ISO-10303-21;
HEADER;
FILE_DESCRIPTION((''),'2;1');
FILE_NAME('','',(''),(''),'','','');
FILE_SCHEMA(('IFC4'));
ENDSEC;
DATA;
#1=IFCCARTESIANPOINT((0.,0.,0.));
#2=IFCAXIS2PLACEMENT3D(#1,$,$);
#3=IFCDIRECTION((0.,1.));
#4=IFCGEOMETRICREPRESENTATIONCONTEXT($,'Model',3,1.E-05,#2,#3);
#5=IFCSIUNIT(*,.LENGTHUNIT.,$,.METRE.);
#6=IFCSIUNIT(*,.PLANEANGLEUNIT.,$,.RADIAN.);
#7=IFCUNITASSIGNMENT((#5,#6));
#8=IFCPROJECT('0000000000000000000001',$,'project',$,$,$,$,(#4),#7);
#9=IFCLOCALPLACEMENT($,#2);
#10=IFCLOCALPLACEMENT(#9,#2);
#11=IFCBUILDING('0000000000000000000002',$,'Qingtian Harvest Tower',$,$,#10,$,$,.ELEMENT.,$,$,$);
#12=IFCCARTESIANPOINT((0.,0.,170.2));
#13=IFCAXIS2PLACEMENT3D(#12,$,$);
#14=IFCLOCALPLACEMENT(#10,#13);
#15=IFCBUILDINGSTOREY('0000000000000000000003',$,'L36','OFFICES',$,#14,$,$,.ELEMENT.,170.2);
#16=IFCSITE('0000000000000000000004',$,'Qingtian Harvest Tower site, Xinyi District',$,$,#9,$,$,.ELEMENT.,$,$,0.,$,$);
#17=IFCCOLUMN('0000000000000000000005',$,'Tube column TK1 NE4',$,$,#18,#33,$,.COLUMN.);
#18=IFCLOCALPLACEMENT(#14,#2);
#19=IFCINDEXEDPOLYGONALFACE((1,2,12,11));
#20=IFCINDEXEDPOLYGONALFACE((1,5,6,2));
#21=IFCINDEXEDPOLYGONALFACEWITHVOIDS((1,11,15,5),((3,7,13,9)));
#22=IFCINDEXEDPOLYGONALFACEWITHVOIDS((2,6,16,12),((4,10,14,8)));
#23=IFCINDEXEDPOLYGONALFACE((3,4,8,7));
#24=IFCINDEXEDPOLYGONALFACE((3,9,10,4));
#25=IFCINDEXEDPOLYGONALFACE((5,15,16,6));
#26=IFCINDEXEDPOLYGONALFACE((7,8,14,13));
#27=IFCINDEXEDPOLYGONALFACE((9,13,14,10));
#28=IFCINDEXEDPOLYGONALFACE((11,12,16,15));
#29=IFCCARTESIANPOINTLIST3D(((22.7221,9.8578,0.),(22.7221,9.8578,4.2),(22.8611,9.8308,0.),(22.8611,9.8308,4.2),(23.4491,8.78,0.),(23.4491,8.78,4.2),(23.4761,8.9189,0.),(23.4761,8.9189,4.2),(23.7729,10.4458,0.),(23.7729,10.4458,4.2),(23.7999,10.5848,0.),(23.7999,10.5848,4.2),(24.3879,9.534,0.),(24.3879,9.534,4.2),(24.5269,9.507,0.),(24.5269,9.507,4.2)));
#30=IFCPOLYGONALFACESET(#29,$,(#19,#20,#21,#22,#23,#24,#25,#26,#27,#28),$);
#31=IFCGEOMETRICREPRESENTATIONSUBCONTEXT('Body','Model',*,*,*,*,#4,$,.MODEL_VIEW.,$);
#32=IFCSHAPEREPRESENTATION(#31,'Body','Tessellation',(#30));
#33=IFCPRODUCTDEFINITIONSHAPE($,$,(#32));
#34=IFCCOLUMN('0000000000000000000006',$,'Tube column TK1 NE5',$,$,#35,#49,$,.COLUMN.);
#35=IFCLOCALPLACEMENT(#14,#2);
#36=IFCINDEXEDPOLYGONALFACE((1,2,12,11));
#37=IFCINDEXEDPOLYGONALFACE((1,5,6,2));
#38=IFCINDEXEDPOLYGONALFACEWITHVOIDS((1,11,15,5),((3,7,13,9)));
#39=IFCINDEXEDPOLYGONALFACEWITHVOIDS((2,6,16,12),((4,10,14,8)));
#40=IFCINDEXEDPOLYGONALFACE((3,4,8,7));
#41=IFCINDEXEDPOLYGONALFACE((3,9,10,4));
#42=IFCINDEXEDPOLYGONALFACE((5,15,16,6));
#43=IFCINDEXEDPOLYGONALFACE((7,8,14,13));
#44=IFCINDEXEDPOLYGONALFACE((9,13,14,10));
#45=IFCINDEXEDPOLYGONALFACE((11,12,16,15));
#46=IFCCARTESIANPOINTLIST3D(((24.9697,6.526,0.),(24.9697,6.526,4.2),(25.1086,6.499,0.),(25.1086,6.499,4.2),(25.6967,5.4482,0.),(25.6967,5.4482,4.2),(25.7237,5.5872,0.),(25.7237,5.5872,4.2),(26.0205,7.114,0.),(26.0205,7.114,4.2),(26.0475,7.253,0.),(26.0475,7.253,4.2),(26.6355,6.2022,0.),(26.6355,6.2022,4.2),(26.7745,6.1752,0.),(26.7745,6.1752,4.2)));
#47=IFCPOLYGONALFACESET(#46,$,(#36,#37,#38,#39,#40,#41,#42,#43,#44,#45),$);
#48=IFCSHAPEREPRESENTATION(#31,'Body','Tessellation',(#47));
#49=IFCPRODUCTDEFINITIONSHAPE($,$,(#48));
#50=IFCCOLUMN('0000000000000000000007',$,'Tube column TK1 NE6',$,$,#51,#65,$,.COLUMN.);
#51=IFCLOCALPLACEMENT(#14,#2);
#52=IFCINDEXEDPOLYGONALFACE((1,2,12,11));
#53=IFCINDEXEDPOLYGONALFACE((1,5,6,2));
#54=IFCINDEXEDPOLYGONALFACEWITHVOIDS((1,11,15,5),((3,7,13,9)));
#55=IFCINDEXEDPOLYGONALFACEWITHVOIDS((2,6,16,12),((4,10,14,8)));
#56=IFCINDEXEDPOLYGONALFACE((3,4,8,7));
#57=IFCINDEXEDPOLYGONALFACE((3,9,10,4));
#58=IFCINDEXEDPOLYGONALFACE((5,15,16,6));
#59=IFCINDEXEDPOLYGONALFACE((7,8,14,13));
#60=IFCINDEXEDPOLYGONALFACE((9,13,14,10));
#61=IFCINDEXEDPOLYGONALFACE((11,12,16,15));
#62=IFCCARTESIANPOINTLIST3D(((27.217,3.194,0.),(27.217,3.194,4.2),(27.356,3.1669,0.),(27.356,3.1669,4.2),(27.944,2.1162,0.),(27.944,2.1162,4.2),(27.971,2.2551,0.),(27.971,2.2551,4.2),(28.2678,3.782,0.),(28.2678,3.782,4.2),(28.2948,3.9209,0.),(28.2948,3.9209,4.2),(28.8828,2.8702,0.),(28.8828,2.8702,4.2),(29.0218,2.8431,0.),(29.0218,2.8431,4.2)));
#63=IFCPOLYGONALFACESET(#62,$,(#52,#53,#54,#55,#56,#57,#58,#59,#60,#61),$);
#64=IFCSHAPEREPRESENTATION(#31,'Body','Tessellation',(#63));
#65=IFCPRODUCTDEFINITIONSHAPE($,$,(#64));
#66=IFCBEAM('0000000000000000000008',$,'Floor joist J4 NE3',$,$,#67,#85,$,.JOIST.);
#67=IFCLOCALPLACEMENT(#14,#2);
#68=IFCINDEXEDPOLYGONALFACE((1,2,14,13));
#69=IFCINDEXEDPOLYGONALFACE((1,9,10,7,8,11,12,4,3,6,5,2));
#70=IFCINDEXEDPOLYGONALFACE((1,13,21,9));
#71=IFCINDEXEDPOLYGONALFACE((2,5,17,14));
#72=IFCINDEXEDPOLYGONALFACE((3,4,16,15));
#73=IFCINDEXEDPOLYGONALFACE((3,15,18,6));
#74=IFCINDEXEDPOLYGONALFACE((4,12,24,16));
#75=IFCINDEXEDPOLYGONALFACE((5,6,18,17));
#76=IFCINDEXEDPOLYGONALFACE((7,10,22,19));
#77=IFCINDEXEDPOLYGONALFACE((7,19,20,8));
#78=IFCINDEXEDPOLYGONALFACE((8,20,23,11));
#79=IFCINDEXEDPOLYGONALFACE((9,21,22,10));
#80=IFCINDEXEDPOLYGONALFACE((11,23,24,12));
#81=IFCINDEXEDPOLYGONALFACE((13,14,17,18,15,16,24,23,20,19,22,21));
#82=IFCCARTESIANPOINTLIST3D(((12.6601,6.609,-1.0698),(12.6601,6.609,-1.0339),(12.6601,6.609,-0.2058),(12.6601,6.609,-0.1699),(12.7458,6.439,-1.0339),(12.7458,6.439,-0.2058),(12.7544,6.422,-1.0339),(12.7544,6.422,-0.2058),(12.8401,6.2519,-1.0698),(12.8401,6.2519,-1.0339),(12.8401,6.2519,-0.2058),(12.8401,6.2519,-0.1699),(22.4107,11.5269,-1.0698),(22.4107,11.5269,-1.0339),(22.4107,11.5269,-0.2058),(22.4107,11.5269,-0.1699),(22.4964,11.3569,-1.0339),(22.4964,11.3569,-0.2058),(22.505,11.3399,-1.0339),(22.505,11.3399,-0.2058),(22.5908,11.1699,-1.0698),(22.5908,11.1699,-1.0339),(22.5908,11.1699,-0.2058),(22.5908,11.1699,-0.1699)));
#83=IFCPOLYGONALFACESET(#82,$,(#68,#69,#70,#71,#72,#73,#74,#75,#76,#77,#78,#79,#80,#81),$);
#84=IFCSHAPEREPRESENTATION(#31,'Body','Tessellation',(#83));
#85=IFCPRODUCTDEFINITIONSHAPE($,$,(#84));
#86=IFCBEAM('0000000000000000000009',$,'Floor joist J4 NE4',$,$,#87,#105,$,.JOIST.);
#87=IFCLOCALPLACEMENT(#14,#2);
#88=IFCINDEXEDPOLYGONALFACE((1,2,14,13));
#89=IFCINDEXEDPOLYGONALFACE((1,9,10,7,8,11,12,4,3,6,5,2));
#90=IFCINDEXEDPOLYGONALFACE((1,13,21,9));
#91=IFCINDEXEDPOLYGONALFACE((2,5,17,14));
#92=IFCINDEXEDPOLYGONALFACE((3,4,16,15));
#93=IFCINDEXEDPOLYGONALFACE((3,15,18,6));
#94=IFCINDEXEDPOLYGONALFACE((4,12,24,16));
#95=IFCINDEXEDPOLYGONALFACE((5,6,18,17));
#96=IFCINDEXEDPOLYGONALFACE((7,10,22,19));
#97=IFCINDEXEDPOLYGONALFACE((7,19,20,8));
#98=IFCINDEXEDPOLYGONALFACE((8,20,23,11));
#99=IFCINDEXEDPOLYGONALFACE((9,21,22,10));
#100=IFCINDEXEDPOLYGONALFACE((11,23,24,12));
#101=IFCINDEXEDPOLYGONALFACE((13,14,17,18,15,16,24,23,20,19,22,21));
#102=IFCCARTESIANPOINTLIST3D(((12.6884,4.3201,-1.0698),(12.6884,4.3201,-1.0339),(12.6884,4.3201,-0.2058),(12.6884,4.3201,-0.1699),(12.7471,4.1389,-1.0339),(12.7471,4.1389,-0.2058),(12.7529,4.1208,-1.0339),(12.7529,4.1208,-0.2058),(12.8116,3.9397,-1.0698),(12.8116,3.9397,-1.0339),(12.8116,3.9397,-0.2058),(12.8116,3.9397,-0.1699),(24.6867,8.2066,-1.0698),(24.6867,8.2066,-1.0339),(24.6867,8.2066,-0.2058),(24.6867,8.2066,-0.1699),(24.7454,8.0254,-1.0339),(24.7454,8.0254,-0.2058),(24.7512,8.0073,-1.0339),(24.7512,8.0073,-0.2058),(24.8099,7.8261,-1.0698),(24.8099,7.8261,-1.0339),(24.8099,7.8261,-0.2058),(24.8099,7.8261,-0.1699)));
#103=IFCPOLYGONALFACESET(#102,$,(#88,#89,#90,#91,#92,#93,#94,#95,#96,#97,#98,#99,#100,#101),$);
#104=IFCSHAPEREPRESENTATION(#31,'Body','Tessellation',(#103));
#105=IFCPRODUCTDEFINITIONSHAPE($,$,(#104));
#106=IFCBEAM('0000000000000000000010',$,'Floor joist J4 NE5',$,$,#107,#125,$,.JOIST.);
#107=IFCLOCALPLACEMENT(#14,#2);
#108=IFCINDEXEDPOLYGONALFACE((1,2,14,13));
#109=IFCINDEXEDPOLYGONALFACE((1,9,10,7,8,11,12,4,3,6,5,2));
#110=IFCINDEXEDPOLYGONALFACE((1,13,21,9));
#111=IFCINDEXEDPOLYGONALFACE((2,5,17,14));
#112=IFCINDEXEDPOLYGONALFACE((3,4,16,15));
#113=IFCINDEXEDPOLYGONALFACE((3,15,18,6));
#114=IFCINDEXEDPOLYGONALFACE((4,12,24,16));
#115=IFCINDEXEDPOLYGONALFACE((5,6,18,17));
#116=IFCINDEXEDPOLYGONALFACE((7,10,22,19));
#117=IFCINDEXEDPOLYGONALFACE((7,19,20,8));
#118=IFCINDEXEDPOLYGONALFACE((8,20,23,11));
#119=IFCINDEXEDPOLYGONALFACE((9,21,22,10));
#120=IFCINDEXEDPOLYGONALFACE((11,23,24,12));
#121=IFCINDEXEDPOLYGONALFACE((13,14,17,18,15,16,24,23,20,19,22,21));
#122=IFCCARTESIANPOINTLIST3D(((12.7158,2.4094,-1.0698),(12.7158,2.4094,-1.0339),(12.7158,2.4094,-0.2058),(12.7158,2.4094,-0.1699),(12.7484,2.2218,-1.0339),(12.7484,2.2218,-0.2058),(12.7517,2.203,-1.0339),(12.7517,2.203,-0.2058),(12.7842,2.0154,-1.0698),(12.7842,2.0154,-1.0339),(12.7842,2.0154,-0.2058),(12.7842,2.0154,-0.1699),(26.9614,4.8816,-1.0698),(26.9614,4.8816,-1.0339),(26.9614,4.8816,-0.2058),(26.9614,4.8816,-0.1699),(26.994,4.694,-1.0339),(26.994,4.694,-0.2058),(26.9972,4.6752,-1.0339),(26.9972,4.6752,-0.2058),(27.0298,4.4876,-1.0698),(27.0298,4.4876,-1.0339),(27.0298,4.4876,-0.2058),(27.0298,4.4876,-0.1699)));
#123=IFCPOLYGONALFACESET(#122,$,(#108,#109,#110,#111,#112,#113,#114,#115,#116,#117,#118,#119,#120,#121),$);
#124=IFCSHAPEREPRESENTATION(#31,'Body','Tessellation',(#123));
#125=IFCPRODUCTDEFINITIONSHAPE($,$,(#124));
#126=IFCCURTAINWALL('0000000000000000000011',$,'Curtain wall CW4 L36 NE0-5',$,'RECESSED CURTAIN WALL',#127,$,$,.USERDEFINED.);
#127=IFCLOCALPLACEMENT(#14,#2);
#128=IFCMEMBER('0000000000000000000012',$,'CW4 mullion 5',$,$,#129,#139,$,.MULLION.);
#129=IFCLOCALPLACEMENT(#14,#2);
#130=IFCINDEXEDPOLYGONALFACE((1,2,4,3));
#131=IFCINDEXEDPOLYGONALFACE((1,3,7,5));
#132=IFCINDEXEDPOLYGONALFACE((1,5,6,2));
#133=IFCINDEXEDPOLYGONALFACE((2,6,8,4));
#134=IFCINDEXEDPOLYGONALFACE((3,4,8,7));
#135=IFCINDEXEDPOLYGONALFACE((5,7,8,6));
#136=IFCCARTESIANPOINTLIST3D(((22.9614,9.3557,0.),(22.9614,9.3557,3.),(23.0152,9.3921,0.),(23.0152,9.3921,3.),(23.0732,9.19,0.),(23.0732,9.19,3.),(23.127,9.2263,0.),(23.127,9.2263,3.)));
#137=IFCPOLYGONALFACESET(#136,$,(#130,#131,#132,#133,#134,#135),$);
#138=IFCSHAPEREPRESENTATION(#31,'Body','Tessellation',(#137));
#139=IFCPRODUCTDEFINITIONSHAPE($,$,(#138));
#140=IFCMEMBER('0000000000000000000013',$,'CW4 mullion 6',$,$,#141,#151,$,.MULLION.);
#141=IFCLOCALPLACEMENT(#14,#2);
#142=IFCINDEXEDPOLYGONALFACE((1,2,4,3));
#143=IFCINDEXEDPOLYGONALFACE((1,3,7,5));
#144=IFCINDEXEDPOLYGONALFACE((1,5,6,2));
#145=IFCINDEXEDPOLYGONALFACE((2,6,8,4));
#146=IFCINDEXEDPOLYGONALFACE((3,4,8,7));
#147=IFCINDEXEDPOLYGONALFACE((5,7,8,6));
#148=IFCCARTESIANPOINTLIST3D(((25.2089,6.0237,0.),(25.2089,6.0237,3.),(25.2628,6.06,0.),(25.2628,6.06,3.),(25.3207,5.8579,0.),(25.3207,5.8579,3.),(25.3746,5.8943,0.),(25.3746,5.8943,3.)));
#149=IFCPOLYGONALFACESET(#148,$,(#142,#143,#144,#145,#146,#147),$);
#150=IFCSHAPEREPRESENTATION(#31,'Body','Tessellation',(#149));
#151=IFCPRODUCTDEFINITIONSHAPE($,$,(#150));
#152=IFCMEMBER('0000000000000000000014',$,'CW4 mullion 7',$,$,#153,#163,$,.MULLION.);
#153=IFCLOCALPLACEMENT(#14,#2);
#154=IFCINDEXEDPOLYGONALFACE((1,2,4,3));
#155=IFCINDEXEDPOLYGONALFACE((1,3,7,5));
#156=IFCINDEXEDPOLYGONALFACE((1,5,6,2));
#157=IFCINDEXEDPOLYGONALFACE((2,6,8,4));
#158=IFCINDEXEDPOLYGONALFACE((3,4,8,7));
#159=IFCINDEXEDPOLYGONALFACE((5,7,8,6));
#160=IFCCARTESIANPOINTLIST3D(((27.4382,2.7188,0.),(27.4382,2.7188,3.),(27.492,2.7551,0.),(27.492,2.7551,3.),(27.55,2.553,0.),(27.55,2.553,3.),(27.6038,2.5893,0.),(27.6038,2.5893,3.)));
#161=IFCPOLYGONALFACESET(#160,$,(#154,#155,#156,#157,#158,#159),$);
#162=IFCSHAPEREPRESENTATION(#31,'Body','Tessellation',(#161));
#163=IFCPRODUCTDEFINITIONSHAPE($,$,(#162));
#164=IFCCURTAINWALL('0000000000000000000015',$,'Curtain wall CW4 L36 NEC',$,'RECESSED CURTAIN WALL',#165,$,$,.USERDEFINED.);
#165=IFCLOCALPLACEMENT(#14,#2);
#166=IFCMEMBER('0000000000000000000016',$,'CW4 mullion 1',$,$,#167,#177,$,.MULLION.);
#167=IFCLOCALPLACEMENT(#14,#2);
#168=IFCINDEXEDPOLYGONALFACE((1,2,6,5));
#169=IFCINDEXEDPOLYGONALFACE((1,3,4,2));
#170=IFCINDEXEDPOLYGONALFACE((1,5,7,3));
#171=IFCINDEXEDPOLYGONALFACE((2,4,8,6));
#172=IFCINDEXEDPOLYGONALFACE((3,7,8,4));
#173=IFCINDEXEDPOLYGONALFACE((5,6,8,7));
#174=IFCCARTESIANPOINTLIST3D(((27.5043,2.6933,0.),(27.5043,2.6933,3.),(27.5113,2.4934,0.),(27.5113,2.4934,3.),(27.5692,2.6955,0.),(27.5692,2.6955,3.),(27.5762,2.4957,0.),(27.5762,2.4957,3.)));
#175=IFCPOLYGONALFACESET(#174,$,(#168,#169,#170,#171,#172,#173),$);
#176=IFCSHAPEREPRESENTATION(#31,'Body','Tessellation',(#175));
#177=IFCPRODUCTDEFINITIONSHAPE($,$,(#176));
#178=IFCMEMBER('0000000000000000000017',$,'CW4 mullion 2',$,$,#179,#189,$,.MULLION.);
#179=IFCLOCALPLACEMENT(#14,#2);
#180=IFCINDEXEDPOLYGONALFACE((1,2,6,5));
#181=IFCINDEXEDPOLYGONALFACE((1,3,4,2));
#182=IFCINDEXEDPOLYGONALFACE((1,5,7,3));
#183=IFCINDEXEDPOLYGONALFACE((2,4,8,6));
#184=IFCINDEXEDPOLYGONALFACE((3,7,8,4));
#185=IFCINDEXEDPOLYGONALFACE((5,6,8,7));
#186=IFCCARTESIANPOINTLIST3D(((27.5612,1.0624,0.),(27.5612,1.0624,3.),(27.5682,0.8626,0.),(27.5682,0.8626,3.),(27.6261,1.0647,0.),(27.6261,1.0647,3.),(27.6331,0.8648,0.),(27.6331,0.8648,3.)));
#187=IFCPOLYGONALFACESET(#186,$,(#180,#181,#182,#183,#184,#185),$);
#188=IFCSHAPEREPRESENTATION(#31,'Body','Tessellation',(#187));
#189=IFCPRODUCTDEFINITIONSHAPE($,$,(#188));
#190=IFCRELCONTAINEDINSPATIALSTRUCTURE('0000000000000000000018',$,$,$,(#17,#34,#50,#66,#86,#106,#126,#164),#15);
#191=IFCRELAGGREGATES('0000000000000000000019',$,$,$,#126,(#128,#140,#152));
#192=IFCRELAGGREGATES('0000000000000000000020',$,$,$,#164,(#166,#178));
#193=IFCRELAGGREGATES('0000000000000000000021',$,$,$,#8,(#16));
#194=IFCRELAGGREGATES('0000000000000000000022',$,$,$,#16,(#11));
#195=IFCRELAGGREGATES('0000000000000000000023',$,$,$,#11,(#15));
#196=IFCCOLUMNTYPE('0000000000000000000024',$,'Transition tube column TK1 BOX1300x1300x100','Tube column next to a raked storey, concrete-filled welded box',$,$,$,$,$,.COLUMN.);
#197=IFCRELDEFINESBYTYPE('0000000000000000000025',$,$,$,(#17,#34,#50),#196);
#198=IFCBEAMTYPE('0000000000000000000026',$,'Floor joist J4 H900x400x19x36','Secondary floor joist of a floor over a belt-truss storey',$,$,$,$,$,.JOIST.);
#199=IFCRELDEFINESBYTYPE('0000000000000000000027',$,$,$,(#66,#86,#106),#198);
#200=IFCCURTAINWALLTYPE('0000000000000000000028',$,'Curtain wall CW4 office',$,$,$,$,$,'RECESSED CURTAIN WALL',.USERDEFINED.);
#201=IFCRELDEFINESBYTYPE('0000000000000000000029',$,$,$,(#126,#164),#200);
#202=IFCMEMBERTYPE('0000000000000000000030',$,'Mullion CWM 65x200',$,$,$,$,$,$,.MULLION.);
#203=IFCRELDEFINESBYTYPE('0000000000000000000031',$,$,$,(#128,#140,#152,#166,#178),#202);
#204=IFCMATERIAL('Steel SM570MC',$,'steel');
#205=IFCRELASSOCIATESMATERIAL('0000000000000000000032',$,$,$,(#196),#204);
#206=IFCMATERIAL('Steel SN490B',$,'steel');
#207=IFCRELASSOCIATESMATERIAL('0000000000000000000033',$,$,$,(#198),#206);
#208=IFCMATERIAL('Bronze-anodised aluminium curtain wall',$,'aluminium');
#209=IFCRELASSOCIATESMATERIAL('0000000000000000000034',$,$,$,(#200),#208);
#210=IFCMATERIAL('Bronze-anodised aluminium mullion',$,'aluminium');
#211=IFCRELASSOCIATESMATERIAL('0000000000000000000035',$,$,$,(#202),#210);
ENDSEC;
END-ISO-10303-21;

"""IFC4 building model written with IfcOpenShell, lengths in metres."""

from ifc_helpers import new_model, si_unit, direction, frame, origin, origin_2d, place, context, subcontext, project, spatial, rectangle, hollow_rectangle, i_section, extrude, material, material_profile, profile_set, type_object, element, aggregate, save


model = new_model("IFC4")

# Units and contexts
model_context = context("Model", 3, precision=1e-05, world=origin(), true_north=direction((0.0, 1.0)))
body_context = subcontext(model_context, "Body", "Model", "MODEL_VIEW")
ifc_project = project(units=[si_unit("LENGTHUNIT", "METRE"), si_unit("PLANEANGLEUNIT", "RADIAN")], contexts=[model_context])

# Site, building, storey
site_placement = place(None, origin())
site = spatial("IfcSite", under=ifc_project, at=site_placement, Name="Qingtian Harvest Tower site, Xinyi District", CompositionType="ELEMENT", RefElevation=0.0)
building_placement = place(site_placement, origin())
building = spatial("IfcBuilding", under=site, at=building_placement, Name="Qingtian Harvest Tower", CompositionType="ELEMENT")
storey_placement = place(building_placement, frame((0.0, 0.0, 170.2)))
storey = spatial("IfcBuildingStorey", under=building, at=storey_placement, Name="L36", Description="OFFICES", CompositionType="ELEMENT", Elevation=170.2)

# Columns
ifc_material_1 = material(Name="Steel SM570MC", Category="steel")
ifc_material_profile_1 = material_profile(ifc_material_1, hollow_rectangle(XDim=1.3, YDim=1.3, WallThickness=0.1001, at=origin_2d()), Name="BOX1300x1300x100")
ifc_profile_set_1 = profile_set([ifc_material_profile_1], Name="Steel SM570MC")
column_type = type_object("IfcColumnType", Name="Transition tube column TK1 BOX1300x1300x100", Description="Tube column next to a raked storey, concrete-filled welded box", PredefinedType="COLUMN", material=ifc_profile_set_1)
for number, where, z_axis, x_axis, name in (
    (1, (23.6245, 9.6824, 0.0), (0.0, 0.0, 1.0), (-0.559193, 0.829038, 0.0), "Tube column TK1 NE4"),
    (2, (25.8721, 6.3506, 0.0), (0.0, 0.0, 1.0), (-0.559193, 0.829038, 0.0), "Tube column TK1 NE5"),
    (3, (28.1194, 3.0186, 0.0), (0.0, 0.0, 1.0), (-0.559193, 0.829038, 0.0), "Tube column TK1 NE6"),
):
    element("IfcColumn", number, at=place(storey_placement, frame(where, z_axis=z_axis, x_axis=x_axis)), inside=storey, type_object=column_type, Name=name, PredefinedType="COLUMN", context=body_context, shape_type="SweptSolid", body=[
        extrude(hollow_rectangle(XDim=1.3, YDim=1.3, WallThickness=0.1001, at=origin_2d()), origin(), (0.0, 0.0, 1.0), 4.2),
    ])

# Beams
ifc_material_2 = material(Name="Steel SN490B", Category="steel")
ifc_material_profile_2 = material_profile(ifc_material_2, i_section(OverallWidth=0.3999, OverallDepth=0.8999, WebThickness=0.019, FlangeThickness=0.0359, at=origin_2d()), Name="H900x400x19x36")
ifc_profile_set_2 = profile_set([ifc_material_profile_2], Name="Steel SN490B")
beam_type_1 = type_object("IfcBeamType", Name="Floor joist J4 H900x400x19x36", Description="Secondary floor joist of a floor over a belt-truss storey", PredefinedType="JOIST", material=ifc_profile_set_2)
beam_1_placement = place(storey_placement, frame((22.5007, 11.3484, -0.6199), z_axis=(-0.892861, -0.450332, 0.0), x_axis=(0.450332, -0.892861, 0.0)))
element("IfcBeam", 4, at=beam_1_placement, inside=storey, type_object=beam_type_1, Name="Floor joist J4 NE3", PredefinedType="JOIST", context=body_context, shape_type="SweptSolid", body=[
    extrude(i_section(OverallWidth=0.3999, OverallDepth=0.8999, WebThickness=0.019, FlangeThickness=0.0359, at=origin_2d()), origin(), (0.0, 0.0, 1.0), 10.9207),
])
beam_2_placement = place(storey_placement, frame((24.7483, 8.0164, -0.6199), z_axis=(-0.951336, -0.308156, 0.0), x_axis=(0.308156, -0.951336, 0.0)))
element("IfcBeam", 5, at=beam_2_placement, inside=storey, type_object=beam_type_1, Name="Floor joist J4 NE4", PredefinedType="JOIST", context=body_context, shape_type="SweptSolid", body=[
    extrude(i_section(OverallWidth=0.3999, OverallDepth=0.8999, WebThickness=0.019, FlangeThickness=0.0359, at=origin_2d()), origin(), (0.0, 0.0, 1.0), 12.6121),
])
beam_3_placement = place(storey_placement, frame((26.9956, 4.6846, -0.6199), z_axis=(-0.985274, -0.170983, 0.0), x_axis=(0.170983, -0.985274, 0.0)))
element("IfcBeam", 6, at=beam_3_placement, inside=storey, type_object=beam_type_1, Name="Floor joist J4 NE5", PredefinedType="JOIST", context=body_context, shape_type="SweptSolid", body=[
    extrude(i_section(OverallWidth=0.3999, OverallDepth=0.8999, WebThickness=0.019, FlangeThickness=0.0359, at=origin_2d()), origin(), (0.0, 0.0, 1.0), 14.4585),
])

# Curtain walls, members
ifc_material_3 = material(Name="Bronze-anodised aluminium curtain wall", Category="aluminium")
curtain_wall_type = type_object("IfcCurtainWallType", Name="Curtain wall CW4 office", ElementType="RECESSED CURTAIN WALL", PredefinedType="USERDEFINED", material=ifc_material_3)
curtain_wall_1_placement = place(storey_placement, origin())
curtain_wall_1 = element("IfcCurtainWall", 7, at=curtain_wall_1_placement, inside=storey, type_object=curtain_wall_type, Name="Curtain wall CW4 L36 NE0-5", ObjectType="RECESSED CURTAIN WALL", PredefinedType="USERDEFINED")
ifc_material_4 = material(Name="Bronze-anodised aluminium mullion", Category="aluminium")
ifc_material_profile_3 = material_profile(ifc_material_4, rectangle(XDim=0.0649, YDim=0.2, at=origin_2d()), Name="AL 65x200")
ifc_profile_set_3 = profile_set([ifc_material_profile_3], Name="Bronze-anodised aluminium mullion")
member_type_1 = type_object("IfcMemberType", Name="Mullion CWM 65x200", PredefinedType="MULLION", material=ifc_profile_set_3)
member_1_placement = place(storey_placement, frame((23.0442, 9.291, 0.0), z_axis=(0.0, 0.0, 1.0), x_axis=(0.829038, 0.559193, 0.0)))
member_1 = element("IfcMember", 8, at=member_1_placement, type_object=member_type_1, Name="CW4 mullion 5", PredefinedType="MULLION", context=body_context, shape_type="SweptSolid", body=[
    extrude(rectangle(XDim=0.0649, YDim=0.2, at=origin_2d()), origin(), (0.0, 0.0, 1.0), 3.0),
])
member_2_placement = place(storey_placement, frame((25.2917, 5.959, 0.0), z_axis=(0.0, 0.0, 1.0), x_axis=(0.829038, 0.559193, 0.0)))
member_2 = element("IfcMember", 9, at=member_2_placement, type_object=member_type_1, Name="CW4 mullion 6", PredefinedType="MULLION", context=body_context, shape_type="SweptSolid", body=[
    extrude(rectangle(XDim=0.0649, YDim=0.2, at=origin_2d()), origin(), (0.0, 0.0, 1.0), 3.0),
])
member_3_placement = place(storey_placement, frame((27.521, 2.6541, 0.0), z_axis=(0.0, 0.0, 1.0), x_axis=(0.829038, 0.559193, 0.0)))
member_3 = element("IfcMember", 10, at=member_3_placement, type_object=member_type_1, Name="CW4 mullion 7", PredefinedType="MULLION", context=body_context, shape_type="SweptSolid", body=[
    extrude(rectangle(XDim=0.0649, YDim=0.2, at=origin_2d()), origin(), (0.0, 0.0, 1.0), 3.0),
])
curtain_wall_2_placement = place(storey_placement, origin())
curtain_wall_2 = element("IfcCurtainWall", 11, at=curtain_wall_2_placement, inside=storey, type_object=curtain_wall_type, Name="Curtain wall CW4 L36 NEC", ObjectType="RECESSED CURTAIN WALL", PredefinedType="USERDEFINED")
member_4_placement = place(storey_placement, frame((27.5403, 2.5945, 0.0), z_axis=(0.0, 0.0, 1.0), x_axis=(0.999391, 0.034899, 0.0)))
member_4 = element("IfcMember", 12, at=member_4_placement, type_object=member_type_1, Name="CW4 mullion 1", PredefinedType="MULLION", context=body_context, shape_type="SweptSolid", body=[
    extrude(rectangle(XDim=0.0649, YDim=0.2, at=origin_2d()), origin(), (0.0, 0.0, 1.0), 3.0),
])
member_5_placement = place(storey_placement, frame((27.5972, 0.9636, 0.0), z_axis=(0.0, 0.0, 1.0), x_axis=(0.999391, 0.034899, 0.0)))
member_5 = element("IfcMember", 13, at=member_5_placement, type_object=member_type_1, Name="CW4 mullion 2", PredefinedType="MULLION", context=body_context, shape_type="SweptSolid", body=[
    extrude(rectangle(XDim=0.0649, YDim=0.2, at=origin_2d()), origin(), (0.0, 0.0, 1.0), 3.0),
])

aggregate(curtain_wall_1, [member_1, member_2, member_3])
aggregate(curtain_wall_2, [member_4, member_5])

save(model, "model.ifc")
